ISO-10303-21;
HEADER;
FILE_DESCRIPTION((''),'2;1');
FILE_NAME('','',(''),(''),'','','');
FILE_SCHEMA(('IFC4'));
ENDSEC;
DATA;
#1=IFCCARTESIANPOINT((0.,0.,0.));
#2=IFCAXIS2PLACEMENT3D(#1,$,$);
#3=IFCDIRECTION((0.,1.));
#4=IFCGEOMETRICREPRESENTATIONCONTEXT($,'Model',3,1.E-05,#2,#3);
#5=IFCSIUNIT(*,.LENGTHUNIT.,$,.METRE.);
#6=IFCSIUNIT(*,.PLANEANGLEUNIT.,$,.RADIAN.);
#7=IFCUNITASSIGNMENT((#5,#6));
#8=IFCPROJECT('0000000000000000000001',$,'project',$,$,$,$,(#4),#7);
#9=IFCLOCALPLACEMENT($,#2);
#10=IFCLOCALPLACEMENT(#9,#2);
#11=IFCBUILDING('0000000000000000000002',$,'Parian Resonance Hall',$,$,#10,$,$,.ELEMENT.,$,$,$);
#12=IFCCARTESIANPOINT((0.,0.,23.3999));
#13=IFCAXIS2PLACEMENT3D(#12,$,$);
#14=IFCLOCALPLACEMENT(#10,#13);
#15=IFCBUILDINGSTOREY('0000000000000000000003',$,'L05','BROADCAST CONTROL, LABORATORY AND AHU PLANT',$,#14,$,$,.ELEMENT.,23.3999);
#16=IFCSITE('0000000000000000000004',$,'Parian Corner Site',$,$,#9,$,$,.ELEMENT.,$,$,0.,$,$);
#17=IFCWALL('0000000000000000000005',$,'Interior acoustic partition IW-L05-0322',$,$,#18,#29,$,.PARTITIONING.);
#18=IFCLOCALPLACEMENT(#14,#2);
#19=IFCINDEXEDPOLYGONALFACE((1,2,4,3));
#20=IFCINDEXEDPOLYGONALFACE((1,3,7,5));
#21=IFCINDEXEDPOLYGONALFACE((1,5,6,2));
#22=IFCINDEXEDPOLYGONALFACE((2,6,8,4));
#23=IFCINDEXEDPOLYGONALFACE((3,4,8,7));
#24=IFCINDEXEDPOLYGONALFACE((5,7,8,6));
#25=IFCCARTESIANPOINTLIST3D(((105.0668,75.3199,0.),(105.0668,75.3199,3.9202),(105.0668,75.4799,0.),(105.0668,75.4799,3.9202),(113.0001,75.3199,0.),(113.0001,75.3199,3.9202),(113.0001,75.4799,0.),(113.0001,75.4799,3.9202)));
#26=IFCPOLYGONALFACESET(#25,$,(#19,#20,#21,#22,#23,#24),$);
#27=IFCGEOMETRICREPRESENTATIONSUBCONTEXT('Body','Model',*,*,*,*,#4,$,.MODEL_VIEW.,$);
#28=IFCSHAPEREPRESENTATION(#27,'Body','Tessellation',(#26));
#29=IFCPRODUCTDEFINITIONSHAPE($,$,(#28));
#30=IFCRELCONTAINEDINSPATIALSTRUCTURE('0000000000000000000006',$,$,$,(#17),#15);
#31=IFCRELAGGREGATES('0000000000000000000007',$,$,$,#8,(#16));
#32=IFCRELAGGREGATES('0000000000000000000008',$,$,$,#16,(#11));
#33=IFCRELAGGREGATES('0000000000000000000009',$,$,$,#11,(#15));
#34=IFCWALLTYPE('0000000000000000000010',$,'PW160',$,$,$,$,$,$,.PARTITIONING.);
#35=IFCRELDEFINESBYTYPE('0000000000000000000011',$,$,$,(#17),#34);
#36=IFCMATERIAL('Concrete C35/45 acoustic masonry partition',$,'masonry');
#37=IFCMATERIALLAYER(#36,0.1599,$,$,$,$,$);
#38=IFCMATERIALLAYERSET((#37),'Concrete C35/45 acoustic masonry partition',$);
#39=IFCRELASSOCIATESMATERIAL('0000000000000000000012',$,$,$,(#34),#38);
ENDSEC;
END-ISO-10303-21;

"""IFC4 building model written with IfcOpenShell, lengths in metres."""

from ifc_helpers import new_model, si_unit, direction, frame, frame_2d, origin, place, context, subcontext, project, spatial, rectangle, extrude, material, layer, layer_set, type_object, element, save


model = new_model("IFC4")

# Units and contexts
model_context = context("Model", 3, precision=1e-05, world=origin(), true_north=direction((0.0, 1.0)))
body_context = subcontext(model_context, "Body", "Model", "MODEL_VIEW")
ifc_project = project(units=[si_unit("LENGTHUNIT", "METRE"), si_unit("PLANEANGLEUNIT", "RADIAN")], contexts=[model_context])

# Site, building, storey
site_placement = place(None, origin())
site = spatial("IfcSite", under=ifc_project, at=site_placement, Name="Parian Corner Site", CompositionType="ELEMENT", RefElevation=0.0)
building_placement = place(site_placement, origin())
building = spatial("IfcBuilding", under=site, at=building_placement, Name="Parian Resonance Hall", CompositionType="ELEMENT")
storey_placement = place(building_placement, frame((0.0, 0.0, 23.3999)))
storey = spatial("IfcBuildingStorey", under=building, at=storey_placement, Name="L05", Description="BROADCAST CONTROL, LABORATORY AND AHU PLANT", CompositionType="ELEMENT", Elevation=23.3999)

# Wall
ifc_material_1 = material(Name="Concrete C35/45 acoustic masonry partition", Category="masonry")
ifc_layer_1 = layer(ifc_material_1, 0.1599)
ifc_layer_set_1 = layer_set([ifc_layer_1], Name="Concrete C35/45 acoustic masonry partition")
wall_type_1 = type_object("IfcWallType", Name="PW160", PredefinedType="PARTITIONING", material=ifc_layer_set_1)
wall_1_placement = place(storey_placement, frame((105.0667, 75.3999, 0.0), z_axis=(0.0, 0.0, 1.0), x_axis=(1.0, 0.0, 0.0)))
element("IfcWall", 1, at=wall_1_placement, inside=storey, type_object=wall_type_1, Name="Interior acoustic partition IW-L05-0322", PredefinedType="PARTITIONING", context=body_context, shape_type="SweptSolid", body=[
    extrude(rectangle(XDim=7.9333, YDim=0.1599, at=frame_2d((3.9668, 0.0))), origin(), (0.0, 0.0, 1.0), 3.9202),
])

save(model, "model.ifc")
